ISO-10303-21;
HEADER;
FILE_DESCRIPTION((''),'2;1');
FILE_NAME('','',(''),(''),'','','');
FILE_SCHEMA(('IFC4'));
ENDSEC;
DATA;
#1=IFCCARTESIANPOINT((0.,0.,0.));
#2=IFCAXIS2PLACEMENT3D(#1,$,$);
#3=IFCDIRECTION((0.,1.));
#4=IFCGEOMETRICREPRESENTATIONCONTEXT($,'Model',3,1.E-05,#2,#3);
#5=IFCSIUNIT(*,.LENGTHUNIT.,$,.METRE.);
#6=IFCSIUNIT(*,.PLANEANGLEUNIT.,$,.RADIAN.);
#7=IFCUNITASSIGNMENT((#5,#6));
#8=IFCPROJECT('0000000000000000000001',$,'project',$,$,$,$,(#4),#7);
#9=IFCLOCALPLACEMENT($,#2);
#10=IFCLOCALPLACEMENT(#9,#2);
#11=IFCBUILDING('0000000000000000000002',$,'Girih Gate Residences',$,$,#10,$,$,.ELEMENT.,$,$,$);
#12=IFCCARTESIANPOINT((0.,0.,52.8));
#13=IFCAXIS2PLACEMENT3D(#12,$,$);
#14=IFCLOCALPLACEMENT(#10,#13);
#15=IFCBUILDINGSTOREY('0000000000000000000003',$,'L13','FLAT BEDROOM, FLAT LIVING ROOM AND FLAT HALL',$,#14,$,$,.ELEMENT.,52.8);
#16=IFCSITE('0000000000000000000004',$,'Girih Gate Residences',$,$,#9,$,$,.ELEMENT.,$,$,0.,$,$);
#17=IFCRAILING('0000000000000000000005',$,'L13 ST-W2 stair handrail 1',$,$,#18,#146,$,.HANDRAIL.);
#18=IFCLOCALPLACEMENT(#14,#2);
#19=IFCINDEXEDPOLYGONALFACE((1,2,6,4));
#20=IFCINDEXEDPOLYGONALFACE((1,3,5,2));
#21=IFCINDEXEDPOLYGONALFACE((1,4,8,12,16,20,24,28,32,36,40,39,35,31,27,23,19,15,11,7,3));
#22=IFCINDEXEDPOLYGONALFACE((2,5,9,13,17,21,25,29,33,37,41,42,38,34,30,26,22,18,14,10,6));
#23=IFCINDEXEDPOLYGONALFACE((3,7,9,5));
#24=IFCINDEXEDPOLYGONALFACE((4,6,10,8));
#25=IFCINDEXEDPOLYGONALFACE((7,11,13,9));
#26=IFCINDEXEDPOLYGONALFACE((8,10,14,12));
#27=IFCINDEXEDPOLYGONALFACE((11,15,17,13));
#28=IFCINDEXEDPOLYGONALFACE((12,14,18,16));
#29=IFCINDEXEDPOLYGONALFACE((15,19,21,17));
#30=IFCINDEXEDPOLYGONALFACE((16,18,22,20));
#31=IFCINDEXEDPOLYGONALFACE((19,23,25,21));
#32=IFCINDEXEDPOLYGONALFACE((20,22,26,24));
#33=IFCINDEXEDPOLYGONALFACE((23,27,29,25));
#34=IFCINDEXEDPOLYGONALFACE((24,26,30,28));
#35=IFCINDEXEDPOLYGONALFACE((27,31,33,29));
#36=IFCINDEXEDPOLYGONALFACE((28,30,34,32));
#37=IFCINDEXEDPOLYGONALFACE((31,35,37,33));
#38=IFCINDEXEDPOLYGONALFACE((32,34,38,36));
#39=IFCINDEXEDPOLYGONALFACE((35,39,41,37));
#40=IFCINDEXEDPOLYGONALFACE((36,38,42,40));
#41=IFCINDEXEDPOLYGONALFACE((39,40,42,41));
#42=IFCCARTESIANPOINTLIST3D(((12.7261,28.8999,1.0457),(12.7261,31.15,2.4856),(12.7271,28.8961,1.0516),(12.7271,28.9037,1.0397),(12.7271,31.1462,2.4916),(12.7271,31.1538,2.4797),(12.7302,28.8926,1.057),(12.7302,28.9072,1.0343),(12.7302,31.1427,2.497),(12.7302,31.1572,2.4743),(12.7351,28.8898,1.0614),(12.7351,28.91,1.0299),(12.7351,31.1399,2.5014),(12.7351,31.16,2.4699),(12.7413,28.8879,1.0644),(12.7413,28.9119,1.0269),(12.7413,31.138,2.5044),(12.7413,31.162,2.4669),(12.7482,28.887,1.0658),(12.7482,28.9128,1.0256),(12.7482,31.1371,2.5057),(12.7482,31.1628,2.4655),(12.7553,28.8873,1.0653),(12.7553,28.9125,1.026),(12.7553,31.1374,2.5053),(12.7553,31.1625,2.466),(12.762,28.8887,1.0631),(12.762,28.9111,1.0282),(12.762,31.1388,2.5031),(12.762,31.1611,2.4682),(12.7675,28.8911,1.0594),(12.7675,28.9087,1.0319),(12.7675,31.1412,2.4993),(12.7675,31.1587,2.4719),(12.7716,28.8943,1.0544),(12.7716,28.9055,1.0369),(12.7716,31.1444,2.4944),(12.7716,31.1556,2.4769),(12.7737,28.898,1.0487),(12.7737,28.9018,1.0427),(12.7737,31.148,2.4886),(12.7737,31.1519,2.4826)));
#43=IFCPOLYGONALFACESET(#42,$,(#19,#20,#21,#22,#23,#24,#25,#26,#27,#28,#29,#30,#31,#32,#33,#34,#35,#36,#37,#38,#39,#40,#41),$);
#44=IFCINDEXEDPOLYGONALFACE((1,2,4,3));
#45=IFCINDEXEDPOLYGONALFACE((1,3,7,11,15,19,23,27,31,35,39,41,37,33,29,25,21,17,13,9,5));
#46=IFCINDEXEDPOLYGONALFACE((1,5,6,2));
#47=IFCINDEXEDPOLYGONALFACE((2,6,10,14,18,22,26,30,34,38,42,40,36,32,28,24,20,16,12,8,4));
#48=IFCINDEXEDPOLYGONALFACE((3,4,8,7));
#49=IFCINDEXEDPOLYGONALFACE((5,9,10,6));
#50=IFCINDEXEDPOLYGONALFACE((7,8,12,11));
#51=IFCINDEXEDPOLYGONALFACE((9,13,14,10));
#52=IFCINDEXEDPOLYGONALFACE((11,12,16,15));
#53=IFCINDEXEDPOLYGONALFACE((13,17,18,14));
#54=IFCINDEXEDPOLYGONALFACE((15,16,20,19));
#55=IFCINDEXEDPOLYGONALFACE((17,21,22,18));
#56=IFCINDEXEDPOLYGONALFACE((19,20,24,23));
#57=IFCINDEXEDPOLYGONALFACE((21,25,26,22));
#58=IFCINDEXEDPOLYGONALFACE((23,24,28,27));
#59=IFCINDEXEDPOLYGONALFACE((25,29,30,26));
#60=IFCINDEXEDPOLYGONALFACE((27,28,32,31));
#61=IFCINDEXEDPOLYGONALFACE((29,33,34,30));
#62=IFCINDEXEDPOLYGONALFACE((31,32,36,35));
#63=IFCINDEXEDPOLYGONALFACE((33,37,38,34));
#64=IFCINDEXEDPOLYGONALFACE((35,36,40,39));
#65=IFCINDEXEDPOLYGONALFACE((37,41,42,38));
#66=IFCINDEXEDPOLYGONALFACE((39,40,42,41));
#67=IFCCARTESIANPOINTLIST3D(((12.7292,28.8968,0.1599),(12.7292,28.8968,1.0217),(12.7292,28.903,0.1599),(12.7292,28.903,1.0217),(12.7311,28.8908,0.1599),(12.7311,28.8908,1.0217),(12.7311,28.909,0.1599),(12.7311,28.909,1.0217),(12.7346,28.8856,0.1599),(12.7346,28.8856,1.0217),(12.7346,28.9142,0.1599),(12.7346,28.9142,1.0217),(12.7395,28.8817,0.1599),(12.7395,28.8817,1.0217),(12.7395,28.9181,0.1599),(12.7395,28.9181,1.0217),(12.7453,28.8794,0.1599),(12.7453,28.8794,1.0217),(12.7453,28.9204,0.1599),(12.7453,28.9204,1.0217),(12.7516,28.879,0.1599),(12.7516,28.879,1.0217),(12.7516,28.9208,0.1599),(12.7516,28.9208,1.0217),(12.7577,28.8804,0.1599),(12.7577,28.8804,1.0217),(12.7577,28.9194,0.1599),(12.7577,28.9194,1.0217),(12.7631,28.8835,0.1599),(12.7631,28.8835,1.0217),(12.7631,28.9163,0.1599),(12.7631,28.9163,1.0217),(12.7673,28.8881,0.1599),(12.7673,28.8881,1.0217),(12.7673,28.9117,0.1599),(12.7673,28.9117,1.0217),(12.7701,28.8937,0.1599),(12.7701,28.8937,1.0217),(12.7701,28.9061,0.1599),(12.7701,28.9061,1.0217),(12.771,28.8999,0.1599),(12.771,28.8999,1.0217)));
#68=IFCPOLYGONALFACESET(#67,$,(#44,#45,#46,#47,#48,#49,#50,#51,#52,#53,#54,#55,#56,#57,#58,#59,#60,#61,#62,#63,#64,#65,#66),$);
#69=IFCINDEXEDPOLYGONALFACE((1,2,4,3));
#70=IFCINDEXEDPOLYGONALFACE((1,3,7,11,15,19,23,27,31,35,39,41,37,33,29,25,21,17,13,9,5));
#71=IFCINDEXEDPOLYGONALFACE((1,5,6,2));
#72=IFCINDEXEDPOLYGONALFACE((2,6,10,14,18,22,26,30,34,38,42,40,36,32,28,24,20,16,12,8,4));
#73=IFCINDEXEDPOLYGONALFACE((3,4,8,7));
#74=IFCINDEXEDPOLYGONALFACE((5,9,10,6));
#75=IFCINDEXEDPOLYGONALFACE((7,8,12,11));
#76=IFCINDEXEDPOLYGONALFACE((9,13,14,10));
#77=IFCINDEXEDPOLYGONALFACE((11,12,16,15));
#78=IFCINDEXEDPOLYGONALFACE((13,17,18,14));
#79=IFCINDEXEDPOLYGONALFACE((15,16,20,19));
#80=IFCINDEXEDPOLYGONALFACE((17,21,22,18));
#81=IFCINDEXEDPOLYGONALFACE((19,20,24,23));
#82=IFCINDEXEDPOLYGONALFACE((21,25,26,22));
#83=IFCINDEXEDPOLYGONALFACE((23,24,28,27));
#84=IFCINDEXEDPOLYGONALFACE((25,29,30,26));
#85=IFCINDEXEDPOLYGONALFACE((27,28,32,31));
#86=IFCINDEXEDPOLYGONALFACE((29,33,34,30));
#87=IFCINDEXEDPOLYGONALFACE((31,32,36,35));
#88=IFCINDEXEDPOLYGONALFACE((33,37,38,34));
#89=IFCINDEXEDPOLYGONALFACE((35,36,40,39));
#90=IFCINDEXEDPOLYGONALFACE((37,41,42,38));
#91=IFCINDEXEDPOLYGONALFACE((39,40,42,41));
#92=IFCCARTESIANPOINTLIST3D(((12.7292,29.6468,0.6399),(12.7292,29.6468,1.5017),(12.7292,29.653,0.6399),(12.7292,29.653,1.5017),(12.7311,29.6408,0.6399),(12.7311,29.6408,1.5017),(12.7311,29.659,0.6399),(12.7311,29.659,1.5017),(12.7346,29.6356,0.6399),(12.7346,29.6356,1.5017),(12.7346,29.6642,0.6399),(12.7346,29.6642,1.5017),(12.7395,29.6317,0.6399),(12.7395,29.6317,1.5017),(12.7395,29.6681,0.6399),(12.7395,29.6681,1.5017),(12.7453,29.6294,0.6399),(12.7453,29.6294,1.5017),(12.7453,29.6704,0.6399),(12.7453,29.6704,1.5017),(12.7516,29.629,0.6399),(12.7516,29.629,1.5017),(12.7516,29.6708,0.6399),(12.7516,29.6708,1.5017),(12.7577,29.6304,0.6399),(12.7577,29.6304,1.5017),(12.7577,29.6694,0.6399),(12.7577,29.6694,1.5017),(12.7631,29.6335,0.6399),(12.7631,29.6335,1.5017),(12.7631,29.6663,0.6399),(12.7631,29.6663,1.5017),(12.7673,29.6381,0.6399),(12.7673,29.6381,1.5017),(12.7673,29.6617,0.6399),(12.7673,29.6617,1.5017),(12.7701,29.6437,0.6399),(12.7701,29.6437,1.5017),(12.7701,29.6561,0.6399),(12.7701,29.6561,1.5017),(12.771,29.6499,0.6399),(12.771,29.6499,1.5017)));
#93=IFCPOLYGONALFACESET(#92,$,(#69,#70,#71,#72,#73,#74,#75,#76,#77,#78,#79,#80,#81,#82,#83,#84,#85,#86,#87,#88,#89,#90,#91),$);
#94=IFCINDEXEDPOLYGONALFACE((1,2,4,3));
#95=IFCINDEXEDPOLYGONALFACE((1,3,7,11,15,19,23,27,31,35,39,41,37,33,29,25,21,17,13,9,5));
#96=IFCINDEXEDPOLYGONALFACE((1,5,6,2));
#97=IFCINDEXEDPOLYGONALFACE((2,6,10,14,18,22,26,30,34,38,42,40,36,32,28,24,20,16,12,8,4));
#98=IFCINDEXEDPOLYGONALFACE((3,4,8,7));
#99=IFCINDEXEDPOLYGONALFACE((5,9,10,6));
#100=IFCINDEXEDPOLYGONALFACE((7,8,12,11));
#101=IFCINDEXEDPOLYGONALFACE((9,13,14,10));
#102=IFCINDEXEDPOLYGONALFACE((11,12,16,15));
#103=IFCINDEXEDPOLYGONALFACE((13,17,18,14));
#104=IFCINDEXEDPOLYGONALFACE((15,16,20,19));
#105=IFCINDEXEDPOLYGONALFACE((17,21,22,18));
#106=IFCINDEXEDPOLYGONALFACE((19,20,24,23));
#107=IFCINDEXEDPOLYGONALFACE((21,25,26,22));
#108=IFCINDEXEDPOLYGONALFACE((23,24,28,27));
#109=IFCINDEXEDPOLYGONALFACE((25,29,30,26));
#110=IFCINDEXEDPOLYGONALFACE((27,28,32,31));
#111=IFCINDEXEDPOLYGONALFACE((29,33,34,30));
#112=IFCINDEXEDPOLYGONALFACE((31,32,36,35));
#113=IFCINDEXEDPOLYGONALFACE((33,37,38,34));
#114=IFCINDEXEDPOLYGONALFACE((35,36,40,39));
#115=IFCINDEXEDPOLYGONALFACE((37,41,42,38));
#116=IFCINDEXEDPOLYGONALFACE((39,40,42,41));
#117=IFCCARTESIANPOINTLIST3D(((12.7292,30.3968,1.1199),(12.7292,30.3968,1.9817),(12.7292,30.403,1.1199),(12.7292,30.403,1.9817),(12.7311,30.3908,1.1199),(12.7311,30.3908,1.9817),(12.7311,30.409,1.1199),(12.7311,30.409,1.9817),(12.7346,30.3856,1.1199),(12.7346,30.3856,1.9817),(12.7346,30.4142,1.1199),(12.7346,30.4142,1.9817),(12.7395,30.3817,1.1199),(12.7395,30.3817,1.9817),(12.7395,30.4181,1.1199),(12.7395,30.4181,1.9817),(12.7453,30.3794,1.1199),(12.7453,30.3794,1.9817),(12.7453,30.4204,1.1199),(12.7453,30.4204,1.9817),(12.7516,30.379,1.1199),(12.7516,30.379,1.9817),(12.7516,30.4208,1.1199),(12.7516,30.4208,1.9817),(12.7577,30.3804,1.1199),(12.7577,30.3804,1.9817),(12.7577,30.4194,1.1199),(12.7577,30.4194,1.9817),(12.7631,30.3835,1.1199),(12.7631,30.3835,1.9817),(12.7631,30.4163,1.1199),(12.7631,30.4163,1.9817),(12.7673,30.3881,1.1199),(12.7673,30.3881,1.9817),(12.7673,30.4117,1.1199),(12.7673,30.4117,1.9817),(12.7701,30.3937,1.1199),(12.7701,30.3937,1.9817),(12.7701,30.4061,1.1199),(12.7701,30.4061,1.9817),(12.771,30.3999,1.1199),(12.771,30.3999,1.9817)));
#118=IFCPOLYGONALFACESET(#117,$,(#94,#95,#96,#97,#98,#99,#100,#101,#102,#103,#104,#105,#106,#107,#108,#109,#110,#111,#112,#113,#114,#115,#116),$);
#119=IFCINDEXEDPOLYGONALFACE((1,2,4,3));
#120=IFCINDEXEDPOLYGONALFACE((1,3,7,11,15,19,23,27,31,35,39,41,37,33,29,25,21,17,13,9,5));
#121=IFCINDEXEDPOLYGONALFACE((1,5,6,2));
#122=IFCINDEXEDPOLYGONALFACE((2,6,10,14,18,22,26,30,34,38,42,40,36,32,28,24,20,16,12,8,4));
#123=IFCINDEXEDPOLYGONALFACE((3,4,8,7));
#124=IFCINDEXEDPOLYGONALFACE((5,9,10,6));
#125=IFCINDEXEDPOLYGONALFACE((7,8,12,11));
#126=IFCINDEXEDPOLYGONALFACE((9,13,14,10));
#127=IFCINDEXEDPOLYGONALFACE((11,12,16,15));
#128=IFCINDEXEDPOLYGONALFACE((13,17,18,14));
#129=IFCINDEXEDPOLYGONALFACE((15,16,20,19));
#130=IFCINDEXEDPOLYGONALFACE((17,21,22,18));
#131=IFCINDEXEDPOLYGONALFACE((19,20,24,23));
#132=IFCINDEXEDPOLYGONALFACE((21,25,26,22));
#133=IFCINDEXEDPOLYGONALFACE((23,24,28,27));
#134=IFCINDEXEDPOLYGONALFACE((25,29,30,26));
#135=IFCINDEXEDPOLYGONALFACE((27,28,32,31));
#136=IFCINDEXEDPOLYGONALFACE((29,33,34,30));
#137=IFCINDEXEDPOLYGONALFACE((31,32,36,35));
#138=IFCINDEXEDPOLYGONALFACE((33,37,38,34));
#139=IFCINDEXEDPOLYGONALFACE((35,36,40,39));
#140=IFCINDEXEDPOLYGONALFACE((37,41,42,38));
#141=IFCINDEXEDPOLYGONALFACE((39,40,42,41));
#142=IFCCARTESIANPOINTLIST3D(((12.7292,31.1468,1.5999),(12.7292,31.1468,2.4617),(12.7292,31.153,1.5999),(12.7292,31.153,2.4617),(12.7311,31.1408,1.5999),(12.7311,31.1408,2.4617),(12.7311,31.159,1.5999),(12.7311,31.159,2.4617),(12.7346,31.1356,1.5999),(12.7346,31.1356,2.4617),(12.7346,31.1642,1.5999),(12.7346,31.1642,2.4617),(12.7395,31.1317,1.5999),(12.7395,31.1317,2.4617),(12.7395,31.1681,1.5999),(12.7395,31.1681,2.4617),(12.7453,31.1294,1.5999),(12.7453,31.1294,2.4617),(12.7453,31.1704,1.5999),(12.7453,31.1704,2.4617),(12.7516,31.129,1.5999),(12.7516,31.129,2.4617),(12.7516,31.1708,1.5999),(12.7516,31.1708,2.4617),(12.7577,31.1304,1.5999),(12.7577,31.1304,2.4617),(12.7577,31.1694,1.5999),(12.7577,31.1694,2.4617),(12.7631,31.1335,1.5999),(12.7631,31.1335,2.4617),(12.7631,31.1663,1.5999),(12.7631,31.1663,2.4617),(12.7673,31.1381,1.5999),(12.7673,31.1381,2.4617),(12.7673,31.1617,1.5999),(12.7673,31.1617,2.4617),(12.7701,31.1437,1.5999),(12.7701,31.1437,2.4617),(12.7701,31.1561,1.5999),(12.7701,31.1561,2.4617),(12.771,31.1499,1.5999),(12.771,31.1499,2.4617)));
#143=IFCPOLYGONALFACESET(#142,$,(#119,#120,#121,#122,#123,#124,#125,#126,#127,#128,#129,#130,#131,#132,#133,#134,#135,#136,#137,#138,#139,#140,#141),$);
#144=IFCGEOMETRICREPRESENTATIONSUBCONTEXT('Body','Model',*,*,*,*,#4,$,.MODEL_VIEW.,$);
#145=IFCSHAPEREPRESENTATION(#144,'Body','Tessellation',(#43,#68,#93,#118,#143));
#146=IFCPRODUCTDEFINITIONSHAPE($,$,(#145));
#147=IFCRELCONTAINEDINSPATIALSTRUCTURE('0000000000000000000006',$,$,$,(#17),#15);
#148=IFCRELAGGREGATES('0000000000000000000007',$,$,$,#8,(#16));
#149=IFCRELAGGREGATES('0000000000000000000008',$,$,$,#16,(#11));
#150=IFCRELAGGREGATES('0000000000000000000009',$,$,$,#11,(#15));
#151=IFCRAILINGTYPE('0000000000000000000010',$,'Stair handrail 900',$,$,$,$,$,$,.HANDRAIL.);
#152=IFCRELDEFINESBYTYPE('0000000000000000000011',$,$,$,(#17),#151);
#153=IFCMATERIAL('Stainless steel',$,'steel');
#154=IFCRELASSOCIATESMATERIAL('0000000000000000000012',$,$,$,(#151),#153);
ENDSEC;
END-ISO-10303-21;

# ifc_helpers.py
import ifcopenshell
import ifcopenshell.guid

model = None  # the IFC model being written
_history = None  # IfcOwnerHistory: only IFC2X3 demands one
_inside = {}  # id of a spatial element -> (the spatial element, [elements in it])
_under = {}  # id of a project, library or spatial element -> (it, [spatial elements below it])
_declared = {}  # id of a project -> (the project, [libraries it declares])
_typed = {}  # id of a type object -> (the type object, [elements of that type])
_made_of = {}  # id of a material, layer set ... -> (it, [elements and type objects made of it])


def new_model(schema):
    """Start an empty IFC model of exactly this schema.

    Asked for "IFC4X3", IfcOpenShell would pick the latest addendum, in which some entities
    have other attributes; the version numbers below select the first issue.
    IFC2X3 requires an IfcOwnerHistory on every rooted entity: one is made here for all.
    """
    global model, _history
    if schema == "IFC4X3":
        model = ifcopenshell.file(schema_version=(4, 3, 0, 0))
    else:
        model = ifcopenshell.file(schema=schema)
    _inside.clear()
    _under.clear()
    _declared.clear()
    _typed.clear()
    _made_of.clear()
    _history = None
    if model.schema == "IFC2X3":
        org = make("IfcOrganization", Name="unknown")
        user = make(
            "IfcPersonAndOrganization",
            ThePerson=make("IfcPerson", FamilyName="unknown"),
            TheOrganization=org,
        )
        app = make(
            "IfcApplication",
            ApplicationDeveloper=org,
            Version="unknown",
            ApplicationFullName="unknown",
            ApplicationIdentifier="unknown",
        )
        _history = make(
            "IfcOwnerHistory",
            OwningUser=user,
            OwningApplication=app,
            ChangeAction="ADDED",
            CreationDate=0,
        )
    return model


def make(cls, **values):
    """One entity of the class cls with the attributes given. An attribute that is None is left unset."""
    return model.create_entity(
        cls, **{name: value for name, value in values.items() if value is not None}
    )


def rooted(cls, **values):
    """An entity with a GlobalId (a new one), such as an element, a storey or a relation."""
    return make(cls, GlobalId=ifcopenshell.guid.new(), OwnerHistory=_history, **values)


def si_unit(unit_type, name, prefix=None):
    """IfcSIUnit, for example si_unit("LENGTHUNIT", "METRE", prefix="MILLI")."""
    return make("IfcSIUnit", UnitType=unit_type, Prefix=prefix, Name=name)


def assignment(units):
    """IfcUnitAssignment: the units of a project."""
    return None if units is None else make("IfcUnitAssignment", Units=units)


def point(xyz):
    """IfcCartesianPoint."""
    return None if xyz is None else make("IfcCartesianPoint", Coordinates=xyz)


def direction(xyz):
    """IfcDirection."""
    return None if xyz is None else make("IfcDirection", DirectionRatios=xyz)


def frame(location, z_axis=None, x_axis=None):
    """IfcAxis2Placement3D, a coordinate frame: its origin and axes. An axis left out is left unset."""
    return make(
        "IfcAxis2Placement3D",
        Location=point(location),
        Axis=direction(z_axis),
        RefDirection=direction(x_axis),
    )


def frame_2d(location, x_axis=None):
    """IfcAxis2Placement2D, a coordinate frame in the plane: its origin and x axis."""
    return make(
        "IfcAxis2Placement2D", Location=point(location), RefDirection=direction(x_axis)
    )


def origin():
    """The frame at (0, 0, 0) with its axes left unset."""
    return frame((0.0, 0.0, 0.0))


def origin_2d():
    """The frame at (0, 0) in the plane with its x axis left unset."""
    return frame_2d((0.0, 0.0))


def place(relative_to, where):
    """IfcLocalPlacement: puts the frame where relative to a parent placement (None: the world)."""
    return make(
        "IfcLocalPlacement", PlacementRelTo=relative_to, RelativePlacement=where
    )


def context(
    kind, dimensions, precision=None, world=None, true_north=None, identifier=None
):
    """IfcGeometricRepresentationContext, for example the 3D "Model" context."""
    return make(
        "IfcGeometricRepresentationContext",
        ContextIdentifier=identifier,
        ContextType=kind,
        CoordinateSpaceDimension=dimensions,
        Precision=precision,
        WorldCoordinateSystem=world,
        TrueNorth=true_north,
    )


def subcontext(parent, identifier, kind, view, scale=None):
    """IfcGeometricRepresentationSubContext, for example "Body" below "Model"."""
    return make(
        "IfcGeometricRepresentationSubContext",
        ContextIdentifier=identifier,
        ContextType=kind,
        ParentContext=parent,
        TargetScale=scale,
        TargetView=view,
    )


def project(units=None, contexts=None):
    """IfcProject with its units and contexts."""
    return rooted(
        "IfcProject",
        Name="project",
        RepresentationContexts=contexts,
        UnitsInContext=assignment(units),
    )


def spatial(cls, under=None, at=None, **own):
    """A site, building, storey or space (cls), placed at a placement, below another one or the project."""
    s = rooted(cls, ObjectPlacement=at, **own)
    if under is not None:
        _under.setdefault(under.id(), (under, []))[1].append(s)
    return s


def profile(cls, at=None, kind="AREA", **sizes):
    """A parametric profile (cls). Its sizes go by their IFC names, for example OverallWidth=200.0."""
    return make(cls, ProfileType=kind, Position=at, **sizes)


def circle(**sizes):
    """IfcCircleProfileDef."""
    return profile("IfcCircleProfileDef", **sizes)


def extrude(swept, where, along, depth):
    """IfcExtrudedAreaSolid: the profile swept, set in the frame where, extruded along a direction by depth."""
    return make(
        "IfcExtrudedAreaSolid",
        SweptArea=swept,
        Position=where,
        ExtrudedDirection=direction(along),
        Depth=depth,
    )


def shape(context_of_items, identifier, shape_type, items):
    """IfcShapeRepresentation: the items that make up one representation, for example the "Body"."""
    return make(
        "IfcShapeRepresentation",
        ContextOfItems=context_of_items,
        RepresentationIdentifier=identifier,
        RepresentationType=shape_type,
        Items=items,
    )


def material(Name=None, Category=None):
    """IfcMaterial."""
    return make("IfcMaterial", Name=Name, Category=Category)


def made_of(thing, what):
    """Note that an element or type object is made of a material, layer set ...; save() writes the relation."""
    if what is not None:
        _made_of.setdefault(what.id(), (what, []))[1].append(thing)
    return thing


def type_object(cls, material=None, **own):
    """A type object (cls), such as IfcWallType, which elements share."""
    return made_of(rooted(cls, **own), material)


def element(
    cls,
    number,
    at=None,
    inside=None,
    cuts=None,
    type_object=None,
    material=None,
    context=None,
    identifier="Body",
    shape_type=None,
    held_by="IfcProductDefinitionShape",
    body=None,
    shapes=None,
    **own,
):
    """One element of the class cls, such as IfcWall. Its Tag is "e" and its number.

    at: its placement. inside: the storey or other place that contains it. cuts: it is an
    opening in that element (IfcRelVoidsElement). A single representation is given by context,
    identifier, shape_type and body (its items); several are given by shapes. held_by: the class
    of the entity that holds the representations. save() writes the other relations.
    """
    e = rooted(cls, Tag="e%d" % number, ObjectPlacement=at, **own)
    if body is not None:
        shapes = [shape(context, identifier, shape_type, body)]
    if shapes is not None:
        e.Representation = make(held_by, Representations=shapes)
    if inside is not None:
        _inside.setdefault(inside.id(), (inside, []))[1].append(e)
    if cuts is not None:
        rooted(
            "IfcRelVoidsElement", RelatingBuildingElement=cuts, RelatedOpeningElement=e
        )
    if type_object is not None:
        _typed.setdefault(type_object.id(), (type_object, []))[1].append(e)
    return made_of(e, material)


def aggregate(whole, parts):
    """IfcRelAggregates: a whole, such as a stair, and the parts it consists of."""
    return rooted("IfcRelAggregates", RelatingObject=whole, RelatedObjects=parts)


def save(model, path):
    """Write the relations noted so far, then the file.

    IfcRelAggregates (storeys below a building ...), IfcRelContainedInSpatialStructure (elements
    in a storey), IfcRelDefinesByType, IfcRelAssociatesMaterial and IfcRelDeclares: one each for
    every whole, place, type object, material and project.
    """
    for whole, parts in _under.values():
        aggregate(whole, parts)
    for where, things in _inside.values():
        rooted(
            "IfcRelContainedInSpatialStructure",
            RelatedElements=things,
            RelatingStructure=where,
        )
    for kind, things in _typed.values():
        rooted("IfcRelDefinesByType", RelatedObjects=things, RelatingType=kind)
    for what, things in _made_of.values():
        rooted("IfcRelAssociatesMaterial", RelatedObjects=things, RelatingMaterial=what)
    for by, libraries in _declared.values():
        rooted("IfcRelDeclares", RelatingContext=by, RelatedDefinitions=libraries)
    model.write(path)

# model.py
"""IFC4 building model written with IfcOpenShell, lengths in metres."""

from ifc_helpers import new_model, si_unit, direction, frame, origin, origin_2d, place, context, subcontext, project, spatial, circle, extrude, material, type_object, element, save


model = new_model("IFC4")

# Units and contexts
model_context = context("Model", 3, precision=1e-05, world=origin(), true_north=direction((0.0, 1.0)))
body_context = subcontext(model_context, "Body", "Model", "MODEL_VIEW")
ifc_project = project(units=[si_unit("LENGTHUNIT", "METRE"), si_unit("PLANEANGLEUNIT", "RADIAN")], contexts=[model_context])

# Site, building, storey
site_placement = place(None, origin())
site = spatial("IfcSite", under=ifc_project, at=site_placement, Name="Girih Gate Residences", CompositionType="ELEMENT", RefElevation=0.0)
building_placement = place(site_placement, origin())
building = spatial("IfcBuilding", under=site, at=building_placement, Name="Girih Gate Residences", CompositionType="ELEMENT")
storey_placement = place(building_placement, frame((0.0, 0.0, 52.8)))
storey = spatial("IfcBuildingStorey", under=building, at=storey_placement, Name="L13", Description="FLAT BEDROOM, FLAT LIVING ROOM AND FLAT HALL", CompositionType="ELEMENT", Elevation=52.8)

# Railing
ifc_material_1 = material(Name="Stainless steel", Category="steel")
railing_type_1 = type_object("IfcRailingType", Name="Stair handrail 900", PredefinedType="HANDRAIL", material=ifc_material_1)
railing_1_placement = place(storey_placement, frame((12.75, 28.8999, 0.1599)))
element("IfcRailing", 1, at=railing_1_placement, inside=storey, type_object=railing_type_1, Name="L13 ST-W2 stair handrail 1", PredefinedType="HANDRAIL", context=body_context, shape_type="SweptSolid", body=[
    extrude(circle(Radius=0.0239, at=origin_2d()), frame((0.0, 0.0, 0.8857), z_axis=(0.0, 0.842281, 0.539038), x_axis=(-1.0, 0.0, 0.0)), (0.0, 0.0, 1.0), 2.6714),
    extrude(circle(Radius=0.021, at=origin_2d()), origin(), (0.0, 0.0, 1.0), 0.8618),
    extrude(circle(Radius=0.021, at=origin_2d()), frame((0.0, 0.75, 0.48)), (0.0, 0.0, 1.0), 0.8618),
    extrude(circle(Radius=0.021, at=origin_2d()), frame((0.0, 1.5, 0.96)), (0.0, 0.0, 1.0), 0.8618),
    extrude(circle(Radius=0.021, at=origin_2d()), frame((0.0, 2.25, 1.4399)), (0.0, 0.0, 1.0), 0.8618),
])

save(model, "model.ifc")
